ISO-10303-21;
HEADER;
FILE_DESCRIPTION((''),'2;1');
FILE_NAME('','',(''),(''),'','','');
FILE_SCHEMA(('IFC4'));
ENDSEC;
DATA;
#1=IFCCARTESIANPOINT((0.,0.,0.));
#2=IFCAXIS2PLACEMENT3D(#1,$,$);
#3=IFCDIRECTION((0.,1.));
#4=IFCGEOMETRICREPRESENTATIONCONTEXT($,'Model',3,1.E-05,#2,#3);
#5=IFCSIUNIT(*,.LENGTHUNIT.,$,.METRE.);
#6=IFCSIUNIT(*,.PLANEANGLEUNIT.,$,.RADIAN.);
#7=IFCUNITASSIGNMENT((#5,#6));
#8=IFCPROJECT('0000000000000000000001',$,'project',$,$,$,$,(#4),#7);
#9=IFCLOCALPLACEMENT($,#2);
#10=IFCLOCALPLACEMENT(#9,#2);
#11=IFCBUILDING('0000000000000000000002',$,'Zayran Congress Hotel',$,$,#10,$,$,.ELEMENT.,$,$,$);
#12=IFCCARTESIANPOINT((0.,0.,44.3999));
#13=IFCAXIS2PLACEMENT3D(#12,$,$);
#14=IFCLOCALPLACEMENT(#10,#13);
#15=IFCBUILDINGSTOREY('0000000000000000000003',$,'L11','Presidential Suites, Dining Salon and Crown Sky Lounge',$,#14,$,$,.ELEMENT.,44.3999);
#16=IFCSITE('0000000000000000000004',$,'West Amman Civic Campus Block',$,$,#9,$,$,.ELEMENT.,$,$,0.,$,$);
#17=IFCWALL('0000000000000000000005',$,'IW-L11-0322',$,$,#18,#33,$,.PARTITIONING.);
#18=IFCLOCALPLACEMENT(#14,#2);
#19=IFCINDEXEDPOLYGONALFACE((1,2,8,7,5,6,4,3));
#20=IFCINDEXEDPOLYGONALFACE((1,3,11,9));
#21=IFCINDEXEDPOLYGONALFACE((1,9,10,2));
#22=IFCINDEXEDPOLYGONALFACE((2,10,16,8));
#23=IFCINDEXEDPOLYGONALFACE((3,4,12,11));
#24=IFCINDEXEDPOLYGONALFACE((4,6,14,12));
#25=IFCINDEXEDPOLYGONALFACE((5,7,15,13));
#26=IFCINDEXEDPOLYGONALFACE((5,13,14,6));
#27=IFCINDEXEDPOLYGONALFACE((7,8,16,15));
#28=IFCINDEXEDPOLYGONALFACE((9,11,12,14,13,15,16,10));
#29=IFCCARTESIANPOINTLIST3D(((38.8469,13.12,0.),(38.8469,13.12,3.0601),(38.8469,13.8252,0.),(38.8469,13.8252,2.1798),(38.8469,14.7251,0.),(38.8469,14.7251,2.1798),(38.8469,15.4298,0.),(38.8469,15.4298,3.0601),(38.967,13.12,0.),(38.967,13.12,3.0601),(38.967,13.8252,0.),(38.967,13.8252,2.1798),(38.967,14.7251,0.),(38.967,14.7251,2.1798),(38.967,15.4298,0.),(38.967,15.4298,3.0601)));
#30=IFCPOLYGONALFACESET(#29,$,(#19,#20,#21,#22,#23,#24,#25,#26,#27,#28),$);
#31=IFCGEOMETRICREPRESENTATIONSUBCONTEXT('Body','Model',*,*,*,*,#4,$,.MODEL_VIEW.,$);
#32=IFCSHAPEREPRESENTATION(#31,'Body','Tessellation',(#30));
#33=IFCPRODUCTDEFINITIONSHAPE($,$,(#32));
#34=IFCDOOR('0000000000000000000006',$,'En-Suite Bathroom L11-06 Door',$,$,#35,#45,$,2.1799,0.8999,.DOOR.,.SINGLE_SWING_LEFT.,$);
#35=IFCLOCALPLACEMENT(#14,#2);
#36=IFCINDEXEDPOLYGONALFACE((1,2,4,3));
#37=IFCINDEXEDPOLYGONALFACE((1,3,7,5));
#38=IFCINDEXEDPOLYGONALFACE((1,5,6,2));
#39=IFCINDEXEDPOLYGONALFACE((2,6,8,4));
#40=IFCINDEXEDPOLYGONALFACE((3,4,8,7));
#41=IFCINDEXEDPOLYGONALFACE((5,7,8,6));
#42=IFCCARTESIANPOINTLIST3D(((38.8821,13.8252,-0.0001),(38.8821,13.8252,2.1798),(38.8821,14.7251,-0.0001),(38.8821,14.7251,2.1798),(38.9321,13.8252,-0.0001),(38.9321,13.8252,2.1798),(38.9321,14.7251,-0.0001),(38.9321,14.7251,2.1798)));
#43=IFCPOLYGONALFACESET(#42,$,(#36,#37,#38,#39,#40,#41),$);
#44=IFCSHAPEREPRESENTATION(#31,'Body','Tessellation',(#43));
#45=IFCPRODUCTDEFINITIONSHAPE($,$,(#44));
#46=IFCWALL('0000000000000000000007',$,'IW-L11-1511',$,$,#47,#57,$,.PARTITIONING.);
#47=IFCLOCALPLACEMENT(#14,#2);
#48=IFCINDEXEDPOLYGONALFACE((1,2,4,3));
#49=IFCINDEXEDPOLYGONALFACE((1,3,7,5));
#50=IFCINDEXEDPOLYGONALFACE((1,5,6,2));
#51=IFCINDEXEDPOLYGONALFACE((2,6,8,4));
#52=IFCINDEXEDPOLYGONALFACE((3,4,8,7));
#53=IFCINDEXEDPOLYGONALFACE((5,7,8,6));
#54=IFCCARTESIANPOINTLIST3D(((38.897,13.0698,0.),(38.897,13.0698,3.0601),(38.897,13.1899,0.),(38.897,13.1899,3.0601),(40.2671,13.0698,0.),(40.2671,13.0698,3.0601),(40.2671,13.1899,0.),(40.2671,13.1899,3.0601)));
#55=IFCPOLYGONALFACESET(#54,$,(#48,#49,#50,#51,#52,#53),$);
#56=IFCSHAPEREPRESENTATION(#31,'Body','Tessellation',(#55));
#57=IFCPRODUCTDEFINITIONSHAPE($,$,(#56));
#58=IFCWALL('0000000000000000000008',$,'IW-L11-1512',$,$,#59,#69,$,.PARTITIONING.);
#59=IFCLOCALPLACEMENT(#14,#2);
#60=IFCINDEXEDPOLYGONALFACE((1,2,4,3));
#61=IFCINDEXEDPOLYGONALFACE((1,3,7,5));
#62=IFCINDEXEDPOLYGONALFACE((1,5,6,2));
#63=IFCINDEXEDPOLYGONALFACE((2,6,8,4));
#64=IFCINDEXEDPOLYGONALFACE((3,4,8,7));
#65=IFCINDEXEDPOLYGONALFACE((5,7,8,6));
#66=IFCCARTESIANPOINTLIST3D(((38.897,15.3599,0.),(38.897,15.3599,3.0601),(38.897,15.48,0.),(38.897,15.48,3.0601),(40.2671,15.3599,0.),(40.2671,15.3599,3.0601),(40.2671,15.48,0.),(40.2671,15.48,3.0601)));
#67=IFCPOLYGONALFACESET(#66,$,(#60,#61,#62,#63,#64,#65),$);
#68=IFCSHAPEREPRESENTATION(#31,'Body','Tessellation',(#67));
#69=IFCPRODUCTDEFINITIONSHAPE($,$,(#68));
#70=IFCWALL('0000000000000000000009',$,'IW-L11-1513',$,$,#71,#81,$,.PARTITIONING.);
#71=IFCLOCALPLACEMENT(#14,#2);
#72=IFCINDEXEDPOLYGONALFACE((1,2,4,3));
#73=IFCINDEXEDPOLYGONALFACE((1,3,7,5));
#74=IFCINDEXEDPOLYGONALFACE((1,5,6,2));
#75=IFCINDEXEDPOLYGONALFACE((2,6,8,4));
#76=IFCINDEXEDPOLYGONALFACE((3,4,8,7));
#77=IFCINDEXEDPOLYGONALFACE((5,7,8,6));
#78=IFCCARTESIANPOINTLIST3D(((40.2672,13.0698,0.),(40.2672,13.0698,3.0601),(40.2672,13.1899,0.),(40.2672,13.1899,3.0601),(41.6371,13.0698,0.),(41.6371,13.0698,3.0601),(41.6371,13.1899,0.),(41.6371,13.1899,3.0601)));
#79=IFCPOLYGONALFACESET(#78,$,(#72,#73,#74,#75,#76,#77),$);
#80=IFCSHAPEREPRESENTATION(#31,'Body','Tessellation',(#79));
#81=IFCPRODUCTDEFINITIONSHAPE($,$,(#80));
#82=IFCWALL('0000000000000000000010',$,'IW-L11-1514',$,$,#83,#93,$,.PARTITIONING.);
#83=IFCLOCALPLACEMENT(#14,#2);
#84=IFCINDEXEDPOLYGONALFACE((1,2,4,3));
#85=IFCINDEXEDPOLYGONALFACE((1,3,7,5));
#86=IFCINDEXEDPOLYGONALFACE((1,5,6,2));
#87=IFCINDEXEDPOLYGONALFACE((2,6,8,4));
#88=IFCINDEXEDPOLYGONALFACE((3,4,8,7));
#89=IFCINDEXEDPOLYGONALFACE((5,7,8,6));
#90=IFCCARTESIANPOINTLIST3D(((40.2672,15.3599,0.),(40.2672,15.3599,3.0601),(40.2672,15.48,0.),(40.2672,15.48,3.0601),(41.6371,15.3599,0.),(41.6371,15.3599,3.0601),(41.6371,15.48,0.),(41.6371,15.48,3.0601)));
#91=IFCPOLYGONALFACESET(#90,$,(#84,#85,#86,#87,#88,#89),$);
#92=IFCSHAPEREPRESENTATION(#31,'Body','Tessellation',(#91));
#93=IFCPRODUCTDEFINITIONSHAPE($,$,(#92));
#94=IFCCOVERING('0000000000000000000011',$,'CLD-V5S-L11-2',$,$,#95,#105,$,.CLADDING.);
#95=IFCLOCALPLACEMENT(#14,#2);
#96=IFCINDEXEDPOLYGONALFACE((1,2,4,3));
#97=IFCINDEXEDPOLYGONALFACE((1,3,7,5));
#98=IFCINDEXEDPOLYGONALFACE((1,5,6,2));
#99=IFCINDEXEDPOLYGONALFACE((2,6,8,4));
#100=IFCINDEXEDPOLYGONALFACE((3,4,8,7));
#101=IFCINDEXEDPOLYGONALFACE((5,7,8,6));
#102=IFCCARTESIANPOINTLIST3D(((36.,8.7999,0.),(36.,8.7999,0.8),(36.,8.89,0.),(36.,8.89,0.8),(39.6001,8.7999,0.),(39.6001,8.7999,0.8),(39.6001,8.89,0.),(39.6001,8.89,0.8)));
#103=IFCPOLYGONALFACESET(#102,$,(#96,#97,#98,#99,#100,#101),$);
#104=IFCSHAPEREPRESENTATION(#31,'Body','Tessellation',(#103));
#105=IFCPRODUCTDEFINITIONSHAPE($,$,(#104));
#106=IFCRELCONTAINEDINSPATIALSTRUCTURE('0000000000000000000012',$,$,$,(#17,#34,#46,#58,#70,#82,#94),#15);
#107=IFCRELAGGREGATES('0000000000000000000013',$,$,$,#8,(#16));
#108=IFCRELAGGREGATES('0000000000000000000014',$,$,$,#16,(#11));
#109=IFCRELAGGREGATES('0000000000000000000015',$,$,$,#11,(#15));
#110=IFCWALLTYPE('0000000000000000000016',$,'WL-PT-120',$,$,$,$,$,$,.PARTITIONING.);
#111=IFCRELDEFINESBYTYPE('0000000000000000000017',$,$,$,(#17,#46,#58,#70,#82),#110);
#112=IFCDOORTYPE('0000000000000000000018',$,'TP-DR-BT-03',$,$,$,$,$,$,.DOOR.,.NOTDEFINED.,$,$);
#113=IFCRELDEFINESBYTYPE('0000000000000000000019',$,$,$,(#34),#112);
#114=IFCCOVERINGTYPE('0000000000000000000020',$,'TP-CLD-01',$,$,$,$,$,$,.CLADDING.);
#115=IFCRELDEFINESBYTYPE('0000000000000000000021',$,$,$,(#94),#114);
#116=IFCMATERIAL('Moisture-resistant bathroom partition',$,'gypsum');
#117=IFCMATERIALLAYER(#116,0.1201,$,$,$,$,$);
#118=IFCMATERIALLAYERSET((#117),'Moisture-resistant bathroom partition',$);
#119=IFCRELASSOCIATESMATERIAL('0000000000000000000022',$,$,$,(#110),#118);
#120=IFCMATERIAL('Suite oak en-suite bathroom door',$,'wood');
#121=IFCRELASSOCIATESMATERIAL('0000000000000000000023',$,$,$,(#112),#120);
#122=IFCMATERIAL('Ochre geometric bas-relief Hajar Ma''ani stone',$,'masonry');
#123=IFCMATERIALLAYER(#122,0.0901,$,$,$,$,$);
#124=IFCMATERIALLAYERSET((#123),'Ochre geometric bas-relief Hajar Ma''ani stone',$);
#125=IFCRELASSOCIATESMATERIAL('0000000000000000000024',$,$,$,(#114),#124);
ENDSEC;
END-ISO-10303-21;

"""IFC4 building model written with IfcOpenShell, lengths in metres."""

from ifc_helpers import new_model, si_unit, direction, frame, frame_2d, origin, origin_2d, place, context, subcontext, project, spatial, rectangle, extrude, material, layer, layer_set, type_object, element, fill, save


model = new_model("IFC4")

# Units and contexts
model_context = context("Model", 3, precision=1e-05, world=origin(), true_north=direction((0.0, 1.0)))
body_context = subcontext(model_context, "Body", "Model", "MODEL_VIEW")
ifc_project = project(units=[si_unit("LENGTHUNIT", "METRE"), si_unit("PLANEANGLEUNIT", "RADIAN")], contexts=[model_context])

# Site, building, storey
site_placement = place(None, origin())
site = spatial("IfcSite", under=ifc_project, at=site_placement, Name="West Amman Civic Campus Block", CompositionType="ELEMENT", RefElevation=0.0)
building_placement = place(site_placement, origin())
building = spatial("IfcBuilding", under=site, at=building_placement, Name="Zayran Congress Hotel", CompositionType="ELEMENT")
storey_placement = place(building_placement, frame((0.0, 0.0, 44.3999)))
storey = spatial("IfcBuildingStorey", under=building, at=storey_placement, Name="L11", Description="Presidential Suites, Dining Salon and Crown Sky Lounge", CompositionType="ELEMENT", Elevation=44.3999)

# Wall, opening, door
ifc_material_1 = material(Name="Moisture-resistant bathroom partition", Category="gypsum")
ifc_layer_1 = layer(ifc_material_1, 0.1201)
ifc_layer_set_1 = layer_set([ifc_layer_1], Name="Moisture-resistant bathroom partition")
wall_type_1 = type_object("IfcWallType", Name="WL-PT-120", PredefinedType="PARTITIONING", material=ifc_layer_set_1)
ifc_material_2 = material(Name="Suite oak en-suite bathroom door", Category="wood")
door_type_1 = type_object("IfcDoorType", Name="TP-DR-BT-03", OperationType="NOTDEFINED", PredefinedType="DOOR", material=ifc_material_2)
wall_1_placement = place(storey_placement, frame((38.907, 13.1201, 0.0), z_axis=(0.0, 0.0, 1.0), x_axis=(0.0, 1.0, 0.0)))
wall_1 = element("IfcWall", 1, at=wall_1_placement, inside=storey, type_object=wall_type_1, Name="IW-L11-0322", PredefinedType="PARTITIONING", context=body_context, shape_type="SweptSolid", body=[
    extrude(rectangle(XDim=2.3098, YDim=0.1201, at=frame_2d((1.1548, 0.0))), origin(), (0.0, 0.0, 1.0), 3.0601),
])
opening_1_placement = place(wall_1_placement, frame((0.7051, 0.0, 0.0)))
opening_1 = element("IfcOpeningElement", 2, at=opening_1_placement, cuts=wall_1, PredefinedType="OPENING", context=body_context, shape_type="SweptSolid", body=[
    extrude(rectangle(XDim=0.8999, YDim=2.1799, at=frame_2d((0.45, 1.0898))), frame((0.0, 0.0701, 0.0), z_axis=(0.0, -1.0, 0.0), x_axis=(1.0, 0.0, 0.0)), (0.0, 0.0, 1.0), 0.1401),
])
door_1_placement = place(opening_1_placement, origin())
door_1 = element("IfcDoor", 3, at=door_1_placement, inside=storey, type_object=door_type_1, Name="En-Suite Bathroom L11-06 Door", OperationType="SINGLE_SWING_LEFT", OverallHeight=2.1799, OverallWidth=0.8999, PredefinedType="DOOR", context=body_context, shape_type="SweptSolid", body=[
    extrude(rectangle(XDim=0.8999, YDim=2.1799, at=frame_2d((0.45, 1.0898))), frame((0.0, 0.0249, 0.0), z_axis=(0.0, -1.0, 0.0), x_axis=(1.0, 0.0, 0.0)), (0.0, 0.0, 1.0), 0.05),
])
fill(opening_1, door_1)

# Walls
for number, where, z_axis, x_axis, name in (
    (4, (38.897, 13.1299, 0.0), (0.0, 0.0, 1.0), (1.0, 0.0, 0.0), "IW-L11-1511"),
    (5, (38.897, 15.4199, 0.0), (0.0, 0.0, 1.0), (1.0, 0.0, 0.0), "IW-L11-1512"),
):
    element("IfcWall", number, at=place(storey_placement, frame(where, z_axis=z_axis, x_axis=x_axis)), inside=storey, type_object=wall_type_1, Name=name, PredefinedType="PARTITIONING", context=body_context, shape_type="SweptSolid", body=[
        extrude(rectangle(XDim=1.3701, YDim=0.1201, at=frame_2d((0.6851, 0.0))), origin(), (0.0, 0.0, 1.0), 3.0601),
    ])
for number, where, z_axis, x_axis, name in (
    (6, (40.2671, 13.1299, 0.0), (0.0, 0.0, 1.0), (1.0, 0.0, 0.0), "IW-L11-1513"),
    (7, (40.2671, 15.4199, 0.0), (0.0, 0.0, 1.0), (1.0, 0.0, 0.0), "IW-L11-1514"),
):
    element("IfcWall", number, at=place(storey_placement, frame(where, z_axis=z_axis, x_axis=x_axis)), inside=storey, type_object=wall_type_1, Name=name, PredefinedType="PARTITIONING", context=body_context, shape_type="SweptSolid", body=[
        extrude(rectangle(XDim=1.3699, YDim=0.1201, at=frame_2d((0.6851, 0.0))), origin(), (0.0, 0.0, 1.0), 3.0601),
    ])

# Covering
ifc_material_3 = material(Name="Ochre geometric bas-relief Hajar Ma'ani stone", Category="masonry")
ifc_layer_2 = layer(ifc_material_3, 0.0901)
ifc_layer_set_2 = layer_set([ifc_layer_2], Name="Ochre geometric bas-relief Hajar Ma'ani stone")
covering_type = type_object("IfcCoveringType", Name="TP-CLD-01", PredefinedType="CLADDING", material=ifc_layer_set_2)
covering_placement = place(storey_placement, frame((37.8, 8.845, 0.0), z_axis=(0.0, 0.0, 1.0), x_axis=(1.0, 0.0, 0.0)))
element("IfcCovering", 8, at=covering_placement, inside=storey, type_object=covering_type, Name="CLD-V5S-L11-2", PredefinedType="CLADDING", context=body_context, shape_type="SweptSolid", body=[
    extrude(rectangle(XDim=3.6001, YDim=0.0901, at=origin_2d()), origin(), (0.0, 0.0, 1.0), 0.8),
])

save(model, "model.ifc")
